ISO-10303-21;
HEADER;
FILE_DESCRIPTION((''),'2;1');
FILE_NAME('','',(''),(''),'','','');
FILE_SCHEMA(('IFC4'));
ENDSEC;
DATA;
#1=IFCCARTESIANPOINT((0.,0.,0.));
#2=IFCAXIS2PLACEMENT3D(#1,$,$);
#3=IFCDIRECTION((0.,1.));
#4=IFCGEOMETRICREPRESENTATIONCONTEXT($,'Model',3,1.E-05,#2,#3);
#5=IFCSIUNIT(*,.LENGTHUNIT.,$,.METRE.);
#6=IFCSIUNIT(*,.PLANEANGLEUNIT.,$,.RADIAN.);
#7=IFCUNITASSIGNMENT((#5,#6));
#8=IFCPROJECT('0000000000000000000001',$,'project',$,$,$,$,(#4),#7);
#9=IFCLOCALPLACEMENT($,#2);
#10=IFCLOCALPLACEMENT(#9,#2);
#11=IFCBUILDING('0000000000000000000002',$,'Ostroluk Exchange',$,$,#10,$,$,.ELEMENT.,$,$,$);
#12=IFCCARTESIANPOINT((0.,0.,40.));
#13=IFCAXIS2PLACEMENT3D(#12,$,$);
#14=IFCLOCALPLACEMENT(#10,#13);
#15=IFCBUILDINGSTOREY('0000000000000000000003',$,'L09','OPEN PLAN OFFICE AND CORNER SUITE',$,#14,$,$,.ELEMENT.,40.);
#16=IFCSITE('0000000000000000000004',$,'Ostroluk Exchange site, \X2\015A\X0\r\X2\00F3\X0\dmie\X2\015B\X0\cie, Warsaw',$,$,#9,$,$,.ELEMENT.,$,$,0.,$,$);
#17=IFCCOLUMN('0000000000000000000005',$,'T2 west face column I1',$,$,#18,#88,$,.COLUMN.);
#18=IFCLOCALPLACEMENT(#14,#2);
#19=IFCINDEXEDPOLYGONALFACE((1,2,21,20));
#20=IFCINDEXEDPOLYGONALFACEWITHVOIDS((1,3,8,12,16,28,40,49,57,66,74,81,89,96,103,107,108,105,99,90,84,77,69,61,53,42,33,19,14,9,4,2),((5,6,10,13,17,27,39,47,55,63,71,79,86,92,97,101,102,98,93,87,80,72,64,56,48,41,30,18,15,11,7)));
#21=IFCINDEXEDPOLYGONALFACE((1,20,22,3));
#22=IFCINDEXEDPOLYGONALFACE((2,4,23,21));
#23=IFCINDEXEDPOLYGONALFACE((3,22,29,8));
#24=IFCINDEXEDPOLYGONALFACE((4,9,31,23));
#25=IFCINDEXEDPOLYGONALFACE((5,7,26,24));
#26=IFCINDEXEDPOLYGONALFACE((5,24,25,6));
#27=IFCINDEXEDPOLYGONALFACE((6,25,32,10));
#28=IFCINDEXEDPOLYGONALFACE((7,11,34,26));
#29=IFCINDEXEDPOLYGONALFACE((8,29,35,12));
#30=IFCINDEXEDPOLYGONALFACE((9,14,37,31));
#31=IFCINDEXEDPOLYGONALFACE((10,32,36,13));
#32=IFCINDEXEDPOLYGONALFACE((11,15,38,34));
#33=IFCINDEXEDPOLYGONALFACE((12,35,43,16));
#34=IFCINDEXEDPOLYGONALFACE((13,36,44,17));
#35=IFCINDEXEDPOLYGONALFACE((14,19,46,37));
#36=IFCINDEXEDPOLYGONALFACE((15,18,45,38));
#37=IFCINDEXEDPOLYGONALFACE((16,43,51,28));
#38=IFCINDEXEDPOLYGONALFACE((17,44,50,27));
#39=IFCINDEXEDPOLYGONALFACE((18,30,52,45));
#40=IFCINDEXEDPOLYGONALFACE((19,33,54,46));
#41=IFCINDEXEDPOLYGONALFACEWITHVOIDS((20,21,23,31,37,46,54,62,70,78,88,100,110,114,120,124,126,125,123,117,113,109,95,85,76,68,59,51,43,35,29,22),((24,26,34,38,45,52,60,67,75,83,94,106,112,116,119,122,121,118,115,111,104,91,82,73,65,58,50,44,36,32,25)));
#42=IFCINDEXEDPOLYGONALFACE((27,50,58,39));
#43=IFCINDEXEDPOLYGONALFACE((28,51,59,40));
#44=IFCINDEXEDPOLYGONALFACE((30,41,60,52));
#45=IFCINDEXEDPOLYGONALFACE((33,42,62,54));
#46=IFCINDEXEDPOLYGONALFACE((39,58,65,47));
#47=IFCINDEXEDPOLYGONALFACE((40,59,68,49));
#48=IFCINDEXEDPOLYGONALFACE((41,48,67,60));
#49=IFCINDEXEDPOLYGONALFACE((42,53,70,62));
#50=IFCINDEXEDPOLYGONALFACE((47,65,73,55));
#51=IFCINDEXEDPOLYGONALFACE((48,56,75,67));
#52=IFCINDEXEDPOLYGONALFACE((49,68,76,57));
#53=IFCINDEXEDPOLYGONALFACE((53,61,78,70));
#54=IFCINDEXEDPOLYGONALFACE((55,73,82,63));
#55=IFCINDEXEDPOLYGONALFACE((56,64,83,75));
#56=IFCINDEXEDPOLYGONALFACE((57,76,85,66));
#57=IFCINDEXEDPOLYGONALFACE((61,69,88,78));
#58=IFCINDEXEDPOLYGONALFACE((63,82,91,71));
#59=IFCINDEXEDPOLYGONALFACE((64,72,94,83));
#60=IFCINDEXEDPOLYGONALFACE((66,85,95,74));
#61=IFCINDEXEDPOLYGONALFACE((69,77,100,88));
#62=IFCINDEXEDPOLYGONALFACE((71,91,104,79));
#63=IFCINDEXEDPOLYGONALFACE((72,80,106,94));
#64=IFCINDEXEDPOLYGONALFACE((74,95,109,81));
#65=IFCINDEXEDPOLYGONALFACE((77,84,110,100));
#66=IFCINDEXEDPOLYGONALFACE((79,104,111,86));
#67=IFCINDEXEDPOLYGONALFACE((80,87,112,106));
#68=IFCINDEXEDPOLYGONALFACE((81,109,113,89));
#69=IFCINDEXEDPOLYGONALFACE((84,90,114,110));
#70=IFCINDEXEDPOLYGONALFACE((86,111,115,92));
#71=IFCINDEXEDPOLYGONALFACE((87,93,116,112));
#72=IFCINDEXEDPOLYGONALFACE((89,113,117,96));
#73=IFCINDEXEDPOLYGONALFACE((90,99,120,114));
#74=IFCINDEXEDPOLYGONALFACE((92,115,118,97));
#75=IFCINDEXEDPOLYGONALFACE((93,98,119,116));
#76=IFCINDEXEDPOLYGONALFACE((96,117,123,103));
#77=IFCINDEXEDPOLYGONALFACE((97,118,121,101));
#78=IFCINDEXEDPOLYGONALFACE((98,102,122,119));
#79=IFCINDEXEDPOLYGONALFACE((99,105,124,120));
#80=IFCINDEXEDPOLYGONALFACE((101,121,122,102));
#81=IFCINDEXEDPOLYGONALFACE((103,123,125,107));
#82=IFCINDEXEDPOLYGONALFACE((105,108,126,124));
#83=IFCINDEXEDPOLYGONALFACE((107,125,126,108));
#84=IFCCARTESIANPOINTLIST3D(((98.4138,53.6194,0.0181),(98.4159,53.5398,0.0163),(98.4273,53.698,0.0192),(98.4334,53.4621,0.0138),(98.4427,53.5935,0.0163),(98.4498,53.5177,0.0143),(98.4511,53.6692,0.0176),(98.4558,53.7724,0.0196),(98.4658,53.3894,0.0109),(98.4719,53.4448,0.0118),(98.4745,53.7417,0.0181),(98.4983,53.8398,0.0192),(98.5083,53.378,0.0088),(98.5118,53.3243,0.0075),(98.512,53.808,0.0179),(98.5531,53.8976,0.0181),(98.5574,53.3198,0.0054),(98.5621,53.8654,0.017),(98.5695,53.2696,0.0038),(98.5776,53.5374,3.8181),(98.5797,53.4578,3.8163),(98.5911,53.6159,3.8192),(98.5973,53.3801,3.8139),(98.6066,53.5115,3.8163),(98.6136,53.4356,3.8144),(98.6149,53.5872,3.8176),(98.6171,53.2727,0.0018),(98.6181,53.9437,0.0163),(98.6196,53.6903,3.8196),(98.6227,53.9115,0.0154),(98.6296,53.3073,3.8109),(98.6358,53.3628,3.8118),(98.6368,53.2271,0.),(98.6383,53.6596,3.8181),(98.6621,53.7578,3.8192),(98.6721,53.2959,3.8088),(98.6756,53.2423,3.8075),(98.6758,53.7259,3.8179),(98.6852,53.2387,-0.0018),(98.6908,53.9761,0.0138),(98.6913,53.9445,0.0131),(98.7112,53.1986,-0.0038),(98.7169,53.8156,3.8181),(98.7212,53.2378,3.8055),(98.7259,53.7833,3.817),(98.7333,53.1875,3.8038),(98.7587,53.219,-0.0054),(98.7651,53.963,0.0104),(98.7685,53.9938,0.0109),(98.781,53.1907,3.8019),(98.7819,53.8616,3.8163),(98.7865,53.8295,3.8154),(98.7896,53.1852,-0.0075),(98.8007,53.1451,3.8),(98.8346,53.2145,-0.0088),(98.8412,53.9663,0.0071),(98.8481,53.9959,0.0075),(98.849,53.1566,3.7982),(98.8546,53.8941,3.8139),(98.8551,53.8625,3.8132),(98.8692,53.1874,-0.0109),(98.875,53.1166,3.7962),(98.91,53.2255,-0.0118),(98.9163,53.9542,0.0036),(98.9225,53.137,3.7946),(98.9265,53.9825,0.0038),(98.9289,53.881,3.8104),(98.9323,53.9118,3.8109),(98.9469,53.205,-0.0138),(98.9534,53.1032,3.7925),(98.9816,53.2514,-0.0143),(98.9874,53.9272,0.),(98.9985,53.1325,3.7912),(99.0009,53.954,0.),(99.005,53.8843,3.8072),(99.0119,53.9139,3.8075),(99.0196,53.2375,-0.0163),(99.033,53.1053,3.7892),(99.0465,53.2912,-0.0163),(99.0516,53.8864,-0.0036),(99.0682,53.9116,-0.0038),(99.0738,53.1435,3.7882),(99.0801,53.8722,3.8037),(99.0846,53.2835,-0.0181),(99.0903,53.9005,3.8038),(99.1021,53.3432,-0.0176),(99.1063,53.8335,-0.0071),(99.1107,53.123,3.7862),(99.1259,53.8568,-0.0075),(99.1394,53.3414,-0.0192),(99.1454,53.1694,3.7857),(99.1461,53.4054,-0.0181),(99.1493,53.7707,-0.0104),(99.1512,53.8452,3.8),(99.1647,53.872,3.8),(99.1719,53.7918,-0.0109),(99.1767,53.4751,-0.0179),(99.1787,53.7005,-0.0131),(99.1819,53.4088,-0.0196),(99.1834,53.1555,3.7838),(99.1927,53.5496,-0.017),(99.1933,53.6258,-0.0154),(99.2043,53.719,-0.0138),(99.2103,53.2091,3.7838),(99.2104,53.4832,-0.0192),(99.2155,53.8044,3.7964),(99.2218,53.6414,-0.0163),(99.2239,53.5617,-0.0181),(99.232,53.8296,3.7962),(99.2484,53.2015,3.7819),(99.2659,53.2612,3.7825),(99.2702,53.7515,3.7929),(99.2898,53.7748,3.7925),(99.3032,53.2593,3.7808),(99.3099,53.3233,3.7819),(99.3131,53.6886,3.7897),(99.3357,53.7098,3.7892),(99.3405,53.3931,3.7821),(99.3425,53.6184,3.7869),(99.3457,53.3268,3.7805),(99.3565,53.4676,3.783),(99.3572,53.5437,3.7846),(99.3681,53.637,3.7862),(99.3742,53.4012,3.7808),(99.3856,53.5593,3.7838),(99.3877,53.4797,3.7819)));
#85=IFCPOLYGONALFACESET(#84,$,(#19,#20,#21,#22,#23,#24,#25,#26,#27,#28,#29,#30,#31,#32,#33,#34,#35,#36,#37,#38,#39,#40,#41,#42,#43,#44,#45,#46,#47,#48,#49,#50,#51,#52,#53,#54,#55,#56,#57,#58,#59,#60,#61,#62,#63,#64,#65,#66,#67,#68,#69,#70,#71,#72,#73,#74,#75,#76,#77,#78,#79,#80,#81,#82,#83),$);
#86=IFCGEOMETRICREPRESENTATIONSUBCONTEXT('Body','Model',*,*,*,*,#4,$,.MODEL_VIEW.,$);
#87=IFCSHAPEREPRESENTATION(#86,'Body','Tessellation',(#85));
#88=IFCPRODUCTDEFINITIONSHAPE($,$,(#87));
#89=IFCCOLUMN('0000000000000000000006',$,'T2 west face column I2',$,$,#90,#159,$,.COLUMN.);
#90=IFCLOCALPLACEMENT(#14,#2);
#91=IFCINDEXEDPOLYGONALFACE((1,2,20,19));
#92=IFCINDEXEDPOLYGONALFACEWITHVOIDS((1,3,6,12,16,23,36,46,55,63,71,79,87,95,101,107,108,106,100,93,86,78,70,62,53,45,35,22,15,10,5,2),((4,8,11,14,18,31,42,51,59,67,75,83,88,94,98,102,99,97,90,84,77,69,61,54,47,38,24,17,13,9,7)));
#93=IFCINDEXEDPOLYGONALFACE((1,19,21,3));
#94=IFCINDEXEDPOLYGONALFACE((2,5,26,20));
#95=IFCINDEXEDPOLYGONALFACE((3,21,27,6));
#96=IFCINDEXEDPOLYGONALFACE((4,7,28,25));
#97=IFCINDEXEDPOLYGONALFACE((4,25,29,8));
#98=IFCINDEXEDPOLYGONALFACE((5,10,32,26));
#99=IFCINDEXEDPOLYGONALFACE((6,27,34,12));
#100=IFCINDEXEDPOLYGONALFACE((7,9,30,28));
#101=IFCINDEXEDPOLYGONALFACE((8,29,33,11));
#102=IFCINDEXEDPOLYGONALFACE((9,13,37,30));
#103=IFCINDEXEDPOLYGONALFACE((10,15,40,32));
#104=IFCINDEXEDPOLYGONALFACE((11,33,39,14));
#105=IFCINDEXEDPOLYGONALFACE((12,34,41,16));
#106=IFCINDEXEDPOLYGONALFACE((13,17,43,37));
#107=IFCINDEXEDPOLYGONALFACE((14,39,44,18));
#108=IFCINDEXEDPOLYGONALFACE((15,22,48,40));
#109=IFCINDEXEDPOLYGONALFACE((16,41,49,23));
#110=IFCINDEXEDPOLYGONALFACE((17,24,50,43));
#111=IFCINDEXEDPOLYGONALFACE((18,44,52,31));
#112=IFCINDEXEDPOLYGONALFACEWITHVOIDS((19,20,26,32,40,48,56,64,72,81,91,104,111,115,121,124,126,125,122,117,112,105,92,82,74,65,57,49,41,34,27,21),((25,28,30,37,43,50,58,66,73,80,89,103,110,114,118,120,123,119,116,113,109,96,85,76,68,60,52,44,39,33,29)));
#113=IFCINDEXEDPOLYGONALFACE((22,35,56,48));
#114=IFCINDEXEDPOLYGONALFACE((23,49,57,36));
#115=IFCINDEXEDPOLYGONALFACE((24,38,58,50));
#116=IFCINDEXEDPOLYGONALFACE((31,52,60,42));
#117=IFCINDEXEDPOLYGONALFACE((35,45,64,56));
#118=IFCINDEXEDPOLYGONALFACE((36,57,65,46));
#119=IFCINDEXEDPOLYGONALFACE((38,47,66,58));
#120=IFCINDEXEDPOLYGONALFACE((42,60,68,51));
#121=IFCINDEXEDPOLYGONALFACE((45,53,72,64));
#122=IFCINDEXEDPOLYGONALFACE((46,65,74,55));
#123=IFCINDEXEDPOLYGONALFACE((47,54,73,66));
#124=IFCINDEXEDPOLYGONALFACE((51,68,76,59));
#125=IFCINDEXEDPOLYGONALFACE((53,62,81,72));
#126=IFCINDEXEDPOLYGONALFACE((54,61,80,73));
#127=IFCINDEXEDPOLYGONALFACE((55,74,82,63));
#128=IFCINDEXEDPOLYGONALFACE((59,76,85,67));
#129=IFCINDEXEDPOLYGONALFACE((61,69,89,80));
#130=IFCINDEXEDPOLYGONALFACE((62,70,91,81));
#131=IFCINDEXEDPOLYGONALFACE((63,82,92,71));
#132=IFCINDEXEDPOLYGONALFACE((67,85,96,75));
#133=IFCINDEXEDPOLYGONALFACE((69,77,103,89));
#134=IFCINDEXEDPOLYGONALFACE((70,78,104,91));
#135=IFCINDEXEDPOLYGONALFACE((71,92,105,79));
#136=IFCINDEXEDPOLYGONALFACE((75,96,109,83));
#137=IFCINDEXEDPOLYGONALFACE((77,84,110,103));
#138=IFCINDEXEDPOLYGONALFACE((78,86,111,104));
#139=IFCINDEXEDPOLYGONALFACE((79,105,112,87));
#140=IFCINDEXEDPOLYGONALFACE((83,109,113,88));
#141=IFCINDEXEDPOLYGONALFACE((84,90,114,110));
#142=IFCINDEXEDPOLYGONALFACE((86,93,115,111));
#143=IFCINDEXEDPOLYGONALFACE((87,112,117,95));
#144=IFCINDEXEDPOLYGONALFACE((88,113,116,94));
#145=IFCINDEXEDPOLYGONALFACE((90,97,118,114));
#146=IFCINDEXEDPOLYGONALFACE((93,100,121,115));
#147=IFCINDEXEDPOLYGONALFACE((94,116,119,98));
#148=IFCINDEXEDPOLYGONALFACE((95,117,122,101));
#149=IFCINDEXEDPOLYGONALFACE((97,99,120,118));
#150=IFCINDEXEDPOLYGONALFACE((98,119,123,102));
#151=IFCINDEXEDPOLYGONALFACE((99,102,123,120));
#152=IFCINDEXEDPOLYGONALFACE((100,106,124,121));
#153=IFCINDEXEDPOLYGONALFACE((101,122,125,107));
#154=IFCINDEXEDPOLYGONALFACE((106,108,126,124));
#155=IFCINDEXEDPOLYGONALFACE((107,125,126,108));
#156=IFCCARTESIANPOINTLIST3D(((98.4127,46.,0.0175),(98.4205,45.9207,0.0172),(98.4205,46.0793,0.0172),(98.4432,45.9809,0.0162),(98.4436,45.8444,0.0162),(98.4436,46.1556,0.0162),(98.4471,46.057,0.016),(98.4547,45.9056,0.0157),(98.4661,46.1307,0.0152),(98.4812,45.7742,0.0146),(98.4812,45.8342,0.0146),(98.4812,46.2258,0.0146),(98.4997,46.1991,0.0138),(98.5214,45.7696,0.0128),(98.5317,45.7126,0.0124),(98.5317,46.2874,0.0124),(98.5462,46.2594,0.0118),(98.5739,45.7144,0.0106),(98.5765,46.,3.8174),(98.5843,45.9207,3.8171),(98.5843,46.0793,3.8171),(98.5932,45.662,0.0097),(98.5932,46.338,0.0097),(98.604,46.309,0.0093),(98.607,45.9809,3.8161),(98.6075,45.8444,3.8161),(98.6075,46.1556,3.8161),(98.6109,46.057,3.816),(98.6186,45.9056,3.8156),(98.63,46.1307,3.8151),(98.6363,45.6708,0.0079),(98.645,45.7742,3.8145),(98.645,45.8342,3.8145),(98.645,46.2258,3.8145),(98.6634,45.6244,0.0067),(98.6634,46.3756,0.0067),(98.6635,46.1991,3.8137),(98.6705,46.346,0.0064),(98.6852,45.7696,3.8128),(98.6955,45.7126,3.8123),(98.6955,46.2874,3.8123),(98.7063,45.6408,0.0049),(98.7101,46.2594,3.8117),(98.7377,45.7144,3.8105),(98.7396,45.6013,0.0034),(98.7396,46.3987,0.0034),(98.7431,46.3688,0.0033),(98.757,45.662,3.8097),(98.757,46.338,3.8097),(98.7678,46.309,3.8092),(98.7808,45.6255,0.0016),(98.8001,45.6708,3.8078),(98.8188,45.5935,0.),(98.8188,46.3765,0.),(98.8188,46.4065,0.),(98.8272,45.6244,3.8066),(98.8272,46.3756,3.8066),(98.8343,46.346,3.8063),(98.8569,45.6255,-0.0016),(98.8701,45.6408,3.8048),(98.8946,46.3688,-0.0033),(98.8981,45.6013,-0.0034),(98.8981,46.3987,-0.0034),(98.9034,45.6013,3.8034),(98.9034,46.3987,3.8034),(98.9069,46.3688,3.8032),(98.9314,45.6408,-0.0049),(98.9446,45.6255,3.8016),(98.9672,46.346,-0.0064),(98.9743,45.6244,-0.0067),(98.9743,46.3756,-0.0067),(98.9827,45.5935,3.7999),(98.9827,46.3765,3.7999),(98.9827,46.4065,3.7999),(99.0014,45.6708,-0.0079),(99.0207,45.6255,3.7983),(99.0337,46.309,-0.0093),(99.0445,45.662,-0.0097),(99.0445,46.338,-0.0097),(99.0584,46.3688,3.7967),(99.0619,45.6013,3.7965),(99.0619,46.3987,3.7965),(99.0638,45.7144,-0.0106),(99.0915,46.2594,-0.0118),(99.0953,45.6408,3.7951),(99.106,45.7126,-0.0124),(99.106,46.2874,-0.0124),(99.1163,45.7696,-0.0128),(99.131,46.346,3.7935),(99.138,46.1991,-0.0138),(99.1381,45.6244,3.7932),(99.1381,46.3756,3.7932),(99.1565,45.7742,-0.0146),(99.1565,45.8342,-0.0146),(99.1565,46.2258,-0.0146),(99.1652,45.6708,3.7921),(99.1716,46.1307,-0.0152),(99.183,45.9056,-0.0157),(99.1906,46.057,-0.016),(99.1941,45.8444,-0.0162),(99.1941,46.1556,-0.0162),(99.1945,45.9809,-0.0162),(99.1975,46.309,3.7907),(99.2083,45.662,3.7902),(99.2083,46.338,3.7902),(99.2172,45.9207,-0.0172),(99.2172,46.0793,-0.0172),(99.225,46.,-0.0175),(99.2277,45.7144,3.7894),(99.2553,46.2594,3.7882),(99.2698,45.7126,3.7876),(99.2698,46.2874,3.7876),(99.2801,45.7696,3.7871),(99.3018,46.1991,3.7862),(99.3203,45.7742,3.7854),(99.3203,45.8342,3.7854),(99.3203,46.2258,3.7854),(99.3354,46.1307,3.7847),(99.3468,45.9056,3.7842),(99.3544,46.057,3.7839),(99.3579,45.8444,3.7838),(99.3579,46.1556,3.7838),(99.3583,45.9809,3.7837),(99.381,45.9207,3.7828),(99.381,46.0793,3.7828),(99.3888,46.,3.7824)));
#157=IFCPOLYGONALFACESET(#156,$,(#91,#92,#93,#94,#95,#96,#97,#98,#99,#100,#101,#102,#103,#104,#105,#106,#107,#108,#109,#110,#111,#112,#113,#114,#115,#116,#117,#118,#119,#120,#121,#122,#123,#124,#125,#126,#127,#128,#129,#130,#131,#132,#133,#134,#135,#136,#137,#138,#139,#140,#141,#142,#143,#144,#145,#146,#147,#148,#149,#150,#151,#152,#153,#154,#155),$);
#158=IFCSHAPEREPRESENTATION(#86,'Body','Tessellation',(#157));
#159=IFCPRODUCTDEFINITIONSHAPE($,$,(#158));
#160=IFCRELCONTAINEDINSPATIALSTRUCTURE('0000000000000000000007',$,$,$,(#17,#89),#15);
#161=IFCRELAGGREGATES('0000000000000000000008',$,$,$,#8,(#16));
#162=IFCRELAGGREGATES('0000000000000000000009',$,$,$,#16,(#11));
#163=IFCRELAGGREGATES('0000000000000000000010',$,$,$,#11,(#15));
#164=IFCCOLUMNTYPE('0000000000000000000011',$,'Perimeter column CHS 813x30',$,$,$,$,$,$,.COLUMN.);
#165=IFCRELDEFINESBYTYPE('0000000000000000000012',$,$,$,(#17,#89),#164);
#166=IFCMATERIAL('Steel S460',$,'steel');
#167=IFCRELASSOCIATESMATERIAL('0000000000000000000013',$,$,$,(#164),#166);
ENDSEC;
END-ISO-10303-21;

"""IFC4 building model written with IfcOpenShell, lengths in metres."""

from ifc_helpers import new_model, si_unit, direction, frame, origin, origin_2d, place, context, subcontext, project, spatial, hollow_circle, extrude, material, material_profile, profile_set, type_object, element, save


model = new_model("IFC4")

# Units and contexts
model_context = context("Model", 3, precision=1e-05, world=origin(), true_north=direction((0.0, 1.0)))
body_context = subcontext(model_context, "Body", "Model", "MODEL_VIEW")
ifc_project = project(units=[si_unit("LENGTHUNIT", "METRE"), si_unit("PLANEANGLEUNIT", "RADIAN")], contexts=[model_context])

# Site, building, storey
site_placement = place(None, origin())
site = spatial("IfcSite", under=ifc_project, at=site_placement, Name="Ostroluk Exchange site, Śródmieście, Warsaw", CompositionType="ELEMENT", RefElevation=0.0)
building_placement = place(site_placement, origin())
building = spatial("IfcBuilding", under=site, at=building_placement, Name="Ostroluk Exchange", CompositionType="ELEMENT")
storey_placement = place(building_placement, frame((0.0, 0.0, 40.0)))
storey = spatial("IfcBuildingStorey", under=building, at=storey_placement, Name="L09", Description="OPEN PLAN OFFICE AND CORNER SUITE", CompositionType="ELEMENT", Elevation=40.0)

# Columns
ifc_material_1 = material(Name="Steel S460", Category="steel")
ifc_material_profile_1 = material_profile(ifc_material_1, hollow_circle(Radius=0.4065, WallThickness=0.03, at=origin_2d()), Name="CHS 813x30")
ifc_profile_set_1 = profile_set([ifc_material_profile_1], Name="Steel S460")
column_type = type_object("IfcColumnType", Name="Perimeter column CHS 813x30", PredefinedType="COLUMN", material=ifc_profile_set_1)
column_1_placement = place(storey_placement, frame((98.8188, 53.5906, 0.0), z_axis=(0.04306, -0.021562, 0.99884), x_axis=(0.447747, 0.894161, 0.0)))
element("IfcColumn", 1, at=column_1_placement, inside=storey, type_object=column_type, Name="T2 west face column I1", PredefinedType="COLUMN", context=body_context, shape_type="SweptSolid", body=[
    extrude(hollow_circle(Radius=0.4065, WallThickness=0.03, at=origin_2d()), origin(), (0.0, 0.0, 1.0), 3.8044),
])
column_2_placement = place(storey_placement, frame((98.8188, 46.0, 0.0), z_axis=(0.04307, 0.0, 0.999072), x_axis=(0.0, 1.0, 0.0)))
element("IfcColumn", 2, at=column_2_placement, inside=storey, type_object=column_type, Name="T2 west face column I2", PredefinedType="COLUMN", context=body_context, shape_type="SweptSolid", body=[
    extrude(hollow_circle(Radius=0.4065, WallThickness=0.03, at=origin_2d()), origin(), (0.0, 0.0, 1.0), 3.8035),
])

save(model, "model.ifc")
